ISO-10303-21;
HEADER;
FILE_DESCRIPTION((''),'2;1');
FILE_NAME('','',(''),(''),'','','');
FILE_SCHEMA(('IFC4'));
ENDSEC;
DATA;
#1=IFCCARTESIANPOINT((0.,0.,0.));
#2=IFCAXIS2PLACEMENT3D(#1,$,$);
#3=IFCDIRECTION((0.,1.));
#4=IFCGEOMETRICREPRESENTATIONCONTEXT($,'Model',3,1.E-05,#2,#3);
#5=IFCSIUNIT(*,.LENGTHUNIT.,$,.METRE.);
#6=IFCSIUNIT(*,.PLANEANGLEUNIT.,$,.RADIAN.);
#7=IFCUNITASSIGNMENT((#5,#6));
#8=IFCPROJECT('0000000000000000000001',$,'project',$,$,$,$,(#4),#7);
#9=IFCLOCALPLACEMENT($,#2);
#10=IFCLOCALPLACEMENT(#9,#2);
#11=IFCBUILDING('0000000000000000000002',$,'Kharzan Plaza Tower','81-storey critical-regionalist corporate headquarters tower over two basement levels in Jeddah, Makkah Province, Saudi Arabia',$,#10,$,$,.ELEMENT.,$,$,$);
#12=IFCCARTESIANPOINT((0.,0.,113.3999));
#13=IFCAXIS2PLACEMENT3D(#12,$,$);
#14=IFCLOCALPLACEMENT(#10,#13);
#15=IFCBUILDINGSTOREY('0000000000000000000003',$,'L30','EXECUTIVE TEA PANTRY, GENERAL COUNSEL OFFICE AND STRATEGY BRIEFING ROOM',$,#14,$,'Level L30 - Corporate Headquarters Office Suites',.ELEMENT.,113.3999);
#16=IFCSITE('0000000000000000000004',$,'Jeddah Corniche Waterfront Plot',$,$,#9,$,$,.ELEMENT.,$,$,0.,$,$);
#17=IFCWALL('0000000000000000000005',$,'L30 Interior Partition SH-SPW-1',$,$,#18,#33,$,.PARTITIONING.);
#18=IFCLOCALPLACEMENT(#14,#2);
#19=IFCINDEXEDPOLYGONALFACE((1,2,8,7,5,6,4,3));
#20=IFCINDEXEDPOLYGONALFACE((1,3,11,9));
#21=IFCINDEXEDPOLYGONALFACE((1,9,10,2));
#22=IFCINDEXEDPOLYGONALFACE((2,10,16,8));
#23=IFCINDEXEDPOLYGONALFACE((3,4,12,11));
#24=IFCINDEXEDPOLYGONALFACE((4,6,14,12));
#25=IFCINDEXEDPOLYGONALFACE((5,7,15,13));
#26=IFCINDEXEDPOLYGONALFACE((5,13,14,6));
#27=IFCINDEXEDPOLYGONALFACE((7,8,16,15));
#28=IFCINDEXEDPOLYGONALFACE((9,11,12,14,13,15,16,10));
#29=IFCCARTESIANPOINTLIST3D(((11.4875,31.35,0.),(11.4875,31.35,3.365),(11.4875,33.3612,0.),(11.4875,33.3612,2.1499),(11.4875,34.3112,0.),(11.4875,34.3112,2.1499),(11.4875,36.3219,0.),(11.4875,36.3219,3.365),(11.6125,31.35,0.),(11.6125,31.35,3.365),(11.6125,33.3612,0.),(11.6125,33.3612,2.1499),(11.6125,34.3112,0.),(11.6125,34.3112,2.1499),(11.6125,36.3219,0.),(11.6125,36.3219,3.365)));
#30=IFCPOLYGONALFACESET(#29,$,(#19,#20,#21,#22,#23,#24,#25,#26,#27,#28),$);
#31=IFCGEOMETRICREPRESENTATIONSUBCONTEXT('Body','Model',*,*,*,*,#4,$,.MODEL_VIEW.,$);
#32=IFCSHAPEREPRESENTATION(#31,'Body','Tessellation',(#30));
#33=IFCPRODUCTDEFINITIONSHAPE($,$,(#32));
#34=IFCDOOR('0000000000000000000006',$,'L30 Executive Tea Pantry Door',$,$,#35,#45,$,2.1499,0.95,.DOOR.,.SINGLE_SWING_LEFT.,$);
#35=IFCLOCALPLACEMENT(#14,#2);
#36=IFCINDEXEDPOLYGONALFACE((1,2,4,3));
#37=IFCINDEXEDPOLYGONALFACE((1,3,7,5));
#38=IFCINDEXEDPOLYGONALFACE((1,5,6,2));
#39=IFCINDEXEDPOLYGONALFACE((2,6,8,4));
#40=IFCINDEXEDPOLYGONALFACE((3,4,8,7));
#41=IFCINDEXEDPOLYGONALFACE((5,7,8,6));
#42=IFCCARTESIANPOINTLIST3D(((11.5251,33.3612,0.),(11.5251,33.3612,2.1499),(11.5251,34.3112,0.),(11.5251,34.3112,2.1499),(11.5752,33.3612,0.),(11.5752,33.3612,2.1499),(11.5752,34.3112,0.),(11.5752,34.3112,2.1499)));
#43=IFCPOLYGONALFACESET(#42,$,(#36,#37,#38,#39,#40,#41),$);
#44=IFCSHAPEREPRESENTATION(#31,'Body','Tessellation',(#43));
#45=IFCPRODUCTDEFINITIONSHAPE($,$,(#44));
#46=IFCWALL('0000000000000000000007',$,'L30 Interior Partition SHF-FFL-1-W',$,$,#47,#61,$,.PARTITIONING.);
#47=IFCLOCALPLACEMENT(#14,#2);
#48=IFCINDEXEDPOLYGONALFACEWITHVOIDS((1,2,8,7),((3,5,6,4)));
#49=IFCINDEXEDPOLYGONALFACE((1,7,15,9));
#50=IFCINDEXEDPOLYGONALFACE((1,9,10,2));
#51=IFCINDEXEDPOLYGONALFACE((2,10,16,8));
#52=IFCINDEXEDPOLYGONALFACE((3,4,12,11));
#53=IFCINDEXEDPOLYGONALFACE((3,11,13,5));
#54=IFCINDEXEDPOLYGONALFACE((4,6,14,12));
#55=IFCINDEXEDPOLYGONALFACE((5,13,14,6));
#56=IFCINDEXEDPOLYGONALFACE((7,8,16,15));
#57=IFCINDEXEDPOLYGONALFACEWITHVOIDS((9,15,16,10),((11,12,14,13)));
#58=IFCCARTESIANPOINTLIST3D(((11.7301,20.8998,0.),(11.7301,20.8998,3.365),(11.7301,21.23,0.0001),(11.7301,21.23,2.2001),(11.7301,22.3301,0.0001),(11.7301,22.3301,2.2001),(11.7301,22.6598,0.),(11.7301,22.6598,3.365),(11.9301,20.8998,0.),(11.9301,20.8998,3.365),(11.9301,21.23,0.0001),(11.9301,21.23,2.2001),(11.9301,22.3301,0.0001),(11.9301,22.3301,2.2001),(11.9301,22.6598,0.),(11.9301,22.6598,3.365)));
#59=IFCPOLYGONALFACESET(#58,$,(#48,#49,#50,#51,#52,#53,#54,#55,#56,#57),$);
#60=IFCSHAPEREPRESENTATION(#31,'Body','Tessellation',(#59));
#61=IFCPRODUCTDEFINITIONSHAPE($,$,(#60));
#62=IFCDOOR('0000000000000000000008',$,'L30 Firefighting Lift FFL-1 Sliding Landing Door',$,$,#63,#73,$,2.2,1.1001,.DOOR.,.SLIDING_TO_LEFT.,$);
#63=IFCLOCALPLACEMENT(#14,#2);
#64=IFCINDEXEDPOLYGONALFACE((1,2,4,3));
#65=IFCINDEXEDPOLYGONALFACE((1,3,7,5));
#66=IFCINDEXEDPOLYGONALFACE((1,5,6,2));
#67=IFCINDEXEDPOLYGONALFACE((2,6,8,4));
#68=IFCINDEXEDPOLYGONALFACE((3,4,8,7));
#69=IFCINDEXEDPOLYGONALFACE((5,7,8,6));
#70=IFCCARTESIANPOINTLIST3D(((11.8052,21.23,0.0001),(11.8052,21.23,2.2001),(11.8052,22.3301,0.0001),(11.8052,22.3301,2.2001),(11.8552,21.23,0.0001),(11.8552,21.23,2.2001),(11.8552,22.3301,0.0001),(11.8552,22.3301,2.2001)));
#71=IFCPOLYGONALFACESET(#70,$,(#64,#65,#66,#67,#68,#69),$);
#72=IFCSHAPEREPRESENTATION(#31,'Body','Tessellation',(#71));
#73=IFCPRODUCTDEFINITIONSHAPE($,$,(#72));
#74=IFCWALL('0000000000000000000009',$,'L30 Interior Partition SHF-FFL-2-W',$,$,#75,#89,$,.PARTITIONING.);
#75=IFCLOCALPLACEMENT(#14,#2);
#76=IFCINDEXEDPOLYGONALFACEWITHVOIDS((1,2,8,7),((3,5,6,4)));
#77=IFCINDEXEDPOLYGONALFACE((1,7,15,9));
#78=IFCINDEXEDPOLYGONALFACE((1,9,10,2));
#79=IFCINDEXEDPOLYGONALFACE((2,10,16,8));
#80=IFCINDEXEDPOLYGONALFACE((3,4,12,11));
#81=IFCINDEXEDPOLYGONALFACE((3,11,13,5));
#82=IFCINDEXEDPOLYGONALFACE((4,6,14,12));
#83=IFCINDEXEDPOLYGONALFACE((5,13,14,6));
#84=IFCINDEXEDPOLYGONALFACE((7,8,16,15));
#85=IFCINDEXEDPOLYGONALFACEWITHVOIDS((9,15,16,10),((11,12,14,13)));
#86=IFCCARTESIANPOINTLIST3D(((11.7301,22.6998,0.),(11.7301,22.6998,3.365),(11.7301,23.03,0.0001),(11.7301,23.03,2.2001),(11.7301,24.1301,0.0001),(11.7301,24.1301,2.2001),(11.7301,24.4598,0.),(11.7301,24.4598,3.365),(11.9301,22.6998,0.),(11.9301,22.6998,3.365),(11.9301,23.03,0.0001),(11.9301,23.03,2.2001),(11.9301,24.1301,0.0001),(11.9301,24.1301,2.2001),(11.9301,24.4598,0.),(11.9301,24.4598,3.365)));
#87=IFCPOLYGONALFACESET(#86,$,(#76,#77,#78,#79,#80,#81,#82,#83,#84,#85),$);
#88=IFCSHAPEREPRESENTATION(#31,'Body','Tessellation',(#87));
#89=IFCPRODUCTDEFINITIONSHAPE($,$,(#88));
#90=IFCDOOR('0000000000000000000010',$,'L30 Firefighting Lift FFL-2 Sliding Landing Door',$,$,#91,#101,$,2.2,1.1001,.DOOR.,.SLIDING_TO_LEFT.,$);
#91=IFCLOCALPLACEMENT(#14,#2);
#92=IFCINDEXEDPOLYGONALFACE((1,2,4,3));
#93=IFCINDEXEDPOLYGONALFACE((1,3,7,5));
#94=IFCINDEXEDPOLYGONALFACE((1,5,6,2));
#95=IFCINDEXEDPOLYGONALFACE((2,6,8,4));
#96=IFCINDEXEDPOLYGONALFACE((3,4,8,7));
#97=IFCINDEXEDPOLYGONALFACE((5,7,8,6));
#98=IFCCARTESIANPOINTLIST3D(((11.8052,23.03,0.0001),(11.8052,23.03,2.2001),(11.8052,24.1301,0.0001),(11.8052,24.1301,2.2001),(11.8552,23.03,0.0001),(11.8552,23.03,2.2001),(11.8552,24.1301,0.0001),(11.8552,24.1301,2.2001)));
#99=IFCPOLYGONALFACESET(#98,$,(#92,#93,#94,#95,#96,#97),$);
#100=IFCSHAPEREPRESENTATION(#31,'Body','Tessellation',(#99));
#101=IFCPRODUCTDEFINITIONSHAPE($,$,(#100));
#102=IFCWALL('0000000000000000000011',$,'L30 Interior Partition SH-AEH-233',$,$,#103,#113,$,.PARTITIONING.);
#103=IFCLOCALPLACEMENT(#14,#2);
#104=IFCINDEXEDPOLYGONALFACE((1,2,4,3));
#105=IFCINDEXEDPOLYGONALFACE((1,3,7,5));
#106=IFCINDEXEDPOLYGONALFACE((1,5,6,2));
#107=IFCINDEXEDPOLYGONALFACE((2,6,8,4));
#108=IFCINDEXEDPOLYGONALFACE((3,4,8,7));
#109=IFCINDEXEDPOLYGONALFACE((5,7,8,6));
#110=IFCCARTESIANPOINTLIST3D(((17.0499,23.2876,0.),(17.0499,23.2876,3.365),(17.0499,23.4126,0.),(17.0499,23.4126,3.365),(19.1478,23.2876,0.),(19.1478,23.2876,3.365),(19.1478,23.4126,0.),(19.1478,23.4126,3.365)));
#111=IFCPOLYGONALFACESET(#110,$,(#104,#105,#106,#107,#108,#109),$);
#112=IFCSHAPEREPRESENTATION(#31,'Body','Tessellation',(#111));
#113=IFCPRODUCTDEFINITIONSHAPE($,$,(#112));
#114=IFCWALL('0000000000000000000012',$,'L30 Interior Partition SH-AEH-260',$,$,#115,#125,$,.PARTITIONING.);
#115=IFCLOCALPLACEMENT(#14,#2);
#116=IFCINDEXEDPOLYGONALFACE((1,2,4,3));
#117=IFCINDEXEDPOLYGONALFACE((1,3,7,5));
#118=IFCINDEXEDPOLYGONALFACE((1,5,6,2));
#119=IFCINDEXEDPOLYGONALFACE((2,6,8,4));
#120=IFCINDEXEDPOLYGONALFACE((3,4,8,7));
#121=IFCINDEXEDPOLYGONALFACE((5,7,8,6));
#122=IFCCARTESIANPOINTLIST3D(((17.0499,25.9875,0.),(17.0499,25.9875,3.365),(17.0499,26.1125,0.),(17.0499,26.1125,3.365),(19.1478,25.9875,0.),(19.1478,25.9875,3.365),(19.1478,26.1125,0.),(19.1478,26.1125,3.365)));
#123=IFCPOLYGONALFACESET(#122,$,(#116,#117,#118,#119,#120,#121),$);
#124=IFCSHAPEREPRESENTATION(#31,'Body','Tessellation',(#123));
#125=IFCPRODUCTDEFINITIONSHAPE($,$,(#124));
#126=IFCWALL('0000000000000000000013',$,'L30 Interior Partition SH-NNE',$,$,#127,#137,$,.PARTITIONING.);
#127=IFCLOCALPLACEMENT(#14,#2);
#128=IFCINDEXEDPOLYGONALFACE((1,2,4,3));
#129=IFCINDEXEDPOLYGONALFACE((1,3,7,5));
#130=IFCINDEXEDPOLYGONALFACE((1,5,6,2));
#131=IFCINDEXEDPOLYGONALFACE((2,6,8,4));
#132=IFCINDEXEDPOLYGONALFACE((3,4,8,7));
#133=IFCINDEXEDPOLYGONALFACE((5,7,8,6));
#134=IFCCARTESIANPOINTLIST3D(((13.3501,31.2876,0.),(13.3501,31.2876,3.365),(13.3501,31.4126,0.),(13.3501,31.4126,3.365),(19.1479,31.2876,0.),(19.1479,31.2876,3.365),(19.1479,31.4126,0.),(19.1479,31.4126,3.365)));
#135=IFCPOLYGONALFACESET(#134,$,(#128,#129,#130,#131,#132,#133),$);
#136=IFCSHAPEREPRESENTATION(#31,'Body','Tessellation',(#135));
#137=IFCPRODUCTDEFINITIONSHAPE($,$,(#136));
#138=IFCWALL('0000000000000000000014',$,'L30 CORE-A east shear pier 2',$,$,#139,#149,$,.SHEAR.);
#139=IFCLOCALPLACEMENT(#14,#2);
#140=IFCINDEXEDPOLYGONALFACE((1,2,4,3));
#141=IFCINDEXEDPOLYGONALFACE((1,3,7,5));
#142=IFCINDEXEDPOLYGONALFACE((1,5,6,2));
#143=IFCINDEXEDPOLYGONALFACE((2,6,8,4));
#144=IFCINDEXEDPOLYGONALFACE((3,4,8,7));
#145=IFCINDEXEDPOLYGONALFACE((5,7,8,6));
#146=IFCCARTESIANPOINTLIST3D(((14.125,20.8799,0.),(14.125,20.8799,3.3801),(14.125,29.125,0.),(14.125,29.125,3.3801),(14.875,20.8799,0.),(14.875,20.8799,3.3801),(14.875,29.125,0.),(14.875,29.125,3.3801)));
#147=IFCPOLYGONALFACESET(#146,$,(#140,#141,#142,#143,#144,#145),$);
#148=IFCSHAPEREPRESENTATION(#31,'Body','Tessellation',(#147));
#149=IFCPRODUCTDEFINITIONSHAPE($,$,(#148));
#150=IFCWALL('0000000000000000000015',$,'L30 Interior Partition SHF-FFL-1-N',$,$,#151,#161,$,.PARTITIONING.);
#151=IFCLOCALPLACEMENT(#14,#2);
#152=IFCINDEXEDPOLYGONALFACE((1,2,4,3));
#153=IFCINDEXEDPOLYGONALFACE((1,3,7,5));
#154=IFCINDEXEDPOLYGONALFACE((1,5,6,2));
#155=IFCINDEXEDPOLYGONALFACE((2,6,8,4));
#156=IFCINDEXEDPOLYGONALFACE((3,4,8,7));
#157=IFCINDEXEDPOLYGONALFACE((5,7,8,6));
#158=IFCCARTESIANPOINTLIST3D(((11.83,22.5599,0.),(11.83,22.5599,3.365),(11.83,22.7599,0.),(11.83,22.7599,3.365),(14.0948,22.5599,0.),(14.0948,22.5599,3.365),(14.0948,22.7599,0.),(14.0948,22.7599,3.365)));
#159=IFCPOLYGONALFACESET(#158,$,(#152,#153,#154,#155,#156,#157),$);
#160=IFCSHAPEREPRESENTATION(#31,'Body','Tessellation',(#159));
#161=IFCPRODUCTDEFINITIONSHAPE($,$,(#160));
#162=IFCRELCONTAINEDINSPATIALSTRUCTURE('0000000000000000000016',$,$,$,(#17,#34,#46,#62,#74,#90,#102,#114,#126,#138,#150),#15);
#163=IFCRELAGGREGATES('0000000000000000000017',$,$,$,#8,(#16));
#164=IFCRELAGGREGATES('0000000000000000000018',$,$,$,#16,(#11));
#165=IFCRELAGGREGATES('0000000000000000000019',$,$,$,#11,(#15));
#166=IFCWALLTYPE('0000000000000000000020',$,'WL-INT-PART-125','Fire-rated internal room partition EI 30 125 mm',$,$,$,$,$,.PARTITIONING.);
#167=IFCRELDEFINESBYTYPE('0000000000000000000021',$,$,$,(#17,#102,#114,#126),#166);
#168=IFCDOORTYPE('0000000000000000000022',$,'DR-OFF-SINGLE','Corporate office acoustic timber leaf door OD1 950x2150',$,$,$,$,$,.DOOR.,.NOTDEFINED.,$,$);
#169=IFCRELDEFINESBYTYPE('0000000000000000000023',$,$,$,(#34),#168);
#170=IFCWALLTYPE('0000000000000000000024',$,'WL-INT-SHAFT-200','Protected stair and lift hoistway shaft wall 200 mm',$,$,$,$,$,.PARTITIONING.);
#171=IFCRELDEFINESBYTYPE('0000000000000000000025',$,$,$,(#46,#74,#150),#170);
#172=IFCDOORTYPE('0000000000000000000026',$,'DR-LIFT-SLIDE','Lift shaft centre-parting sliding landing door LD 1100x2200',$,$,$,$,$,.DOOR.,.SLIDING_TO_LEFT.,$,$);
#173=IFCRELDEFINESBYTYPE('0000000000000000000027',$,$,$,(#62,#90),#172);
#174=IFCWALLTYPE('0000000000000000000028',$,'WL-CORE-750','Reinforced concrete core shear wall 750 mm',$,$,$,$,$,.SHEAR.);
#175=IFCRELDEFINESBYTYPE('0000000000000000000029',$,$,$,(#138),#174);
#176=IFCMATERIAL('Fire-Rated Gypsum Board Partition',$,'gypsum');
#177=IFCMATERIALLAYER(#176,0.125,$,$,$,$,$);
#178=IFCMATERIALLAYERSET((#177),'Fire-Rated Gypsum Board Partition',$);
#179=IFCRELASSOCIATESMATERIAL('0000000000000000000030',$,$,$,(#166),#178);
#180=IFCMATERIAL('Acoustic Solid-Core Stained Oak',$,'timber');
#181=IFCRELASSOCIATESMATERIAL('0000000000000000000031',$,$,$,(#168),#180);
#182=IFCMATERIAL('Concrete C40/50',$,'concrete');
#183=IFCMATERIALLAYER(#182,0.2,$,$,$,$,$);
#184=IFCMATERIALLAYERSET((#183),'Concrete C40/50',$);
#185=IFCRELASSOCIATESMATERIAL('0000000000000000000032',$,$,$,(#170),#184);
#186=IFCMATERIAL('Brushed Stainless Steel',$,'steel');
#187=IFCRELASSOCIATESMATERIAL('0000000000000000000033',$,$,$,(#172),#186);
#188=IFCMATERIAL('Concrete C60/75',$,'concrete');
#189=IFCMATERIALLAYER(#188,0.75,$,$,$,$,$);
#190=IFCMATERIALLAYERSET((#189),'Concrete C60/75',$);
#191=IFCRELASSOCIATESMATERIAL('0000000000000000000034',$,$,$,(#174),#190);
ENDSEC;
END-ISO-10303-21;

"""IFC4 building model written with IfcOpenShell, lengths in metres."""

from ifc_helpers import new_model, si_unit, direction, frame, frame_2d, origin, place, context, subcontext, project, spatial, rectangle, extrude, source, transform, mapped, material, layer, layer_set, type_object, element, fill, save


model = new_model("IFC4")

# Units and contexts
model_context = context("Model", 3, precision=1e-05, world=origin(), true_north=direction((0.0, 1.0)))
body_context = subcontext(model_context, "Body", "Model", "MODEL_VIEW")
ifc_project = project(units=[si_unit("LENGTHUNIT", "METRE"), si_unit("PLANEANGLEUNIT", "RADIAN")], contexts=[model_context])

# Site, building, storey
site_placement = place(None, origin())
site = spatial("IfcSite", under=ifc_project, at=site_placement, Name="Jeddah Corniche Waterfront Plot", CompositionType="ELEMENT", RefElevation=0.0)
building_placement = place(site_placement, origin())
building = spatial("IfcBuilding", under=site, at=building_placement, Name="Kharzan Plaza Tower", Description="81-storey critical-regionalist corporate headquarters tower over two basement levels in Jeddah, Makkah Province, Saudi Arabia", CompositionType="ELEMENT")
storey_placement = place(building_placement, frame((0.0, 0.0, 113.3999)))
storey = spatial("IfcBuildingStorey", under=building, at=storey_placement, Name="L30", Description="EXECUTIVE TEA PANTRY, GENERAL COUNSEL OFFICE AND STRATEGY BRIEFING ROOM", LongName="Level L30 - Corporate Headquarters Office Suites", CompositionType="ELEMENT", Elevation=113.3999)

# Walls, openings, doors
ifc_material_1 = material(Name="Concrete C40/50", Category="concrete")
ifc_material_2 = material(Name="Fire-Rated Gypsum Board Partition", Category="gypsum")
ifc_layer_1 = layer(ifc_material_2, 0.125)
ifc_layer_set_1 = layer_set([ifc_layer_1], Name="Fire-Rated Gypsum Board Partition")
wall_type_1 = type_object("IfcWallType", Name="WL-INT-PART-125", Description="Fire-rated internal room partition EI 30 125 mm", PredefinedType="PARTITIONING", material=ifc_layer_set_1)
ifc_material_3 = material(Name="Acoustic Solid-Core Stained Oak", Category="timber")
door_type_1 = type_object("IfcDoorType", Name="DR-OFF-SINGLE", Description="Corporate office acoustic timber leaf door OD1 950x2150", OperationType="NOTDEFINED", PredefinedType="DOOR", material=ifc_material_3)
shared_shape_1 = source(origin(), body_context, "Body", "SweptSolid", [
    extrude(rectangle(XDim=0.95, YDim=2.1499, at=frame_2d((0.4751, 1.075))), frame((0.0, 0.0249, 0.0), z_axis=(0.0, -1.0, 0.0), x_axis=(1.0, 0.0, 0.0)), (0.0, 0.0, 1.0), 0.05),
])
wall_1_placement = place(storey_placement, frame((11.55, 31.3501, 0.0), z_axis=(0.0, 0.0, 1.0), x_axis=(0.0, 1.0, 0.0)))
wall_1 = element("IfcWall", 1, at=wall_1_placement, inside=storey, type_object=wall_type_1, Name="L30 Interior Partition SH-SPW-1", PredefinedType="PARTITIONING", context=body_context, shape_type="SweptSolid", body=[
    extrude(rectangle(XDim=4.9719, YDim=0.125, at=frame_2d((2.4858, 0.0))), origin(), (0.0, 0.0, 1.0), 3.365),
])
opening_1_placement = place(wall_1_placement, frame((2.011, 0.0, 0.0)))
opening_1 = element("IfcOpeningElement", 2, at=opening_1_placement, cuts=wall_1, PredefinedType="OPENING", context=body_context, shape_type="SweptSolid", body=[
    extrude(rectangle(XDim=0.95, YDim=2.1499, at=frame_2d((0.4751, 1.075))), frame((0.0, 0.0725, 0.0), z_axis=(0.0, -1.0, 0.0), x_axis=(1.0, 0.0, 0.0)), (0.0, 0.0, 1.0), 0.145),
])
door_1_placement = place(opening_1_placement, origin())
door_1 = element("IfcDoor", 3, at=door_1_placement, inside=storey, type_object=door_type_1, Name="L30 Executive Tea Pantry Door", OperationType="SINGLE_SWING_LEFT", OverallHeight=2.1499, OverallWidth=0.95, PredefinedType="DOOR", context=body_context, shape_type="MappedRepresentation", body=[
    mapped(shared_shape_1, transform((0.0, 0.0, 0.0), x_axis=(1.0, 0.0, 0.0), y_axis=(0.0, 1.0, 0.0), z_axis=(0.0, 0.0, 1.0))),
])
fill(opening_1, door_1)
ifc_layer_2 = layer(ifc_material_1, 0.2)
ifc_layer_set_2 = layer_set([ifc_layer_2], Name="Concrete C40/50")
wall_type_2 = type_object("IfcWallType", Name="WL-INT-SHAFT-200", Description="Protected stair and lift hoistway shaft wall 200 mm", PredefinedType="PARTITIONING", material=ifc_layer_set_2)
wall_2_placement = place(storey_placement, frame((11.8301, 20.8999, 0.0), z_axis=(0.0, 0.0, 1.0), x_axis=(0.0, 1.0, 0.0)))
wall_2 = element("IfcWall", 4, at=wall_2_placement, inside=storey, type_object=wall_type_2, Name="L30 Interior Partition SHF-FFL-1-W", PredefinedType="PARTITIONING", context=body_context, shape_type="SweptSolid", body=[
    extrude(rectangle(XDim=1.76, YDim=0.2, at=frame_2d((0.8799, 0.0))), origin(), (0.0, 0.0, 1.0), 3.365),
])
opening_2_placement = place(wall_2_placement, frame((0.3301, 0.0, 0.0)))
opening_2 = element("IfcOpeningElement", 5, at=opening_2_placement, cuts=wall_2, PredefinedType="OPENING", context=body_context, shape_type="SweptSolid", body=[
    extrude(rectangle(XDim=1.1001, YDim=2.2, at=frame_2d((0.55, 1.1001))), frame((0.0, 0.1099, 0.0), z_axis=(0.0, -1.0, 0.0), x_axis=(1.0, 0.0, 0.0)), (0.0, 0.0, 1.0), 0.22),
])
ifc_material_4 = material(Name="Brushed Stainless Steel", Category="steel")
door_type_2 = type_object("IfcDoorType", Name="DR-LIFT-SLIDE", Description="Lift shaft centre-parting sliding landing door LD 1100x2200", OperationType="SLIDING_TO_LEFT", PredefinedType="DOOR", material=ifc_material_4)
shared_shape_2 = source(origin(), body_context, "Body", "SweptSolid", [
    extrude(rectangle(XDim=1.1001, YDim=2.2, at=frame_2d((0.55, 1.1001))), frame((0.0, 0.0249, 0.0), z_axis=(0.0, -1.0, 0.0), x_axis=(1.0, 0.0, 0.0)), (0.0, 0.0, 1.0), 0.05),
])
door_2_placement = place(opening_2_placement, origin())
door_2 = element("IfcDoor", 6, at=door_2_placement, inside=storey, type_object=door_type_2, Name="L30 Firefighting Lift FFL-1 Sliding Landing Door", OperationType="SLIDING_TO_LEFT", OverallHeight=2.2, OverallWidth=1.1001, PredefinedType="DOOR", context=body_context, shape_type="MappedRepresentation", body=[
    mapped(shared_shape_2, transform((0.0, 0.0, 0.0), x_axis=(1.0, 0.0, 0.0), y_axis=(0.0, 1.0, 0.0), z_axis=(0.0, 0.0, 1.0))),
])
fill(opening_2, door_2)
wall_3_placement = place(storey_placement, frame((11.8301, 22.7, 0.0), z_axis=(0.0, 0.0, 1.0), x_axis=(0.0, 1.0, 0.0)))
wall_3 = element("IfcWall", 7, at=wall_3_placement, inside=storey, type_object=wall_type_2, Name="L30 Interior Partition SHF-FFL-2-W", PredefinedType="PARTITIONING", context=body_context, shape_type="SweptSolid", body=[
    extrude(rectangle(XDim=1.76, YDim=0.2, at=frame_2d((0.8799, 0.0))), origin(), (0.0, 0.0, 1.0), 3.365),
])
opening_3_placement = place(wall_3_placement, frame((0.3301, 0.0, 0.0)))
opening_3 = element("IfcOpeningElement", 8, at=opening_3_placement, cuts=wall_3, PredefinedType="OPENING", context=body_context, shape_type="SweptSolid", body=[
    extrude(rectangle(XDim=1.1001, YDim=2.2, at=frame_2d((0.55, 1.1001))), frame((0.0, 0.1099, 0.0), z_axis=(0.0, -1.0, 0.0), x_axis=(1.0, 0.0, 0.0)), (0.0, 0.0, 1.0), 0.22),
])
door_3_placement = place(opening_3_placement, origin())
door_3 = element("IfcDoor", 9, at=door_3_placement, inside=storey, type_object=door_type_2, Name="L30 Firefighting Lift FFL-2 Sliding Landing Door", OperationType="SLIDING_TO_LEFT", OverallHeight=2.2, OverallWidth=1.1001, PredefinedType="DOOR", context=body_context, shape_type="MappedRepresentation", body=[
    mapped(shared_shape_2, transform((0.0, 0.0, 0.0), x_axis=(1.0, 0.0, 0.0), y_axis=(0.0, 1.0, 0.0), z_axis=(0.0, 0.0, 1.0))),
])
fill(opening_3, door_3)

# Walls
shared_shape_3 = source(origin(), body_context, "Body", "SweptSolid", [
    extrude(rectangle(XDim=2.0979, YDim=0.125, at=frame_2d((1.0488, 0.0))), origin(), (0.0, 0.0, 1.0), 3.365),
])
for number, where, z_axis, x_axis, name in (
    (10, (17.05, 23.3501, 0.0), (0.0, 0.0, 1.0), (1.0, 0.0, 0.0), "L30 Interior Partition SH-AEH-233"),
    (11, (17.05, 26.05, 0.0), (0.0, 0.0, 1.0), (1.0, 0.0, 0.0), "L30 Interior Partition SH-AEH-260"),
):
    element("IfcWall", number, at=place(storey_placement, frame(where, z_axis=z_axis, x_axis=x_axis)), inside=storey, type_object=wall_type_1, Name=name, PredefinedType="PARTITIONING", context=body_context, shape_type="MappedRepresentation", body=[
        mapped(shared_shape_3, transform((0.0, 0.0, 0.0), x_axis=(1.0, 0.0, 0.0), y_axis=(0.0, 1.0, 0.0), z_axis=(0.0, 0.0, 1.0))),
    ])
shared_shape_4 = source(origin(), body_context, "Body", "SweptSolid", [
    extrude(rectangle(XDim=5.7979, YDim=0.125, at=frame_2d((2.8989, 0.0))), origin(), (0.0, 0.0, 1.0), 3.365),
])
wall_4_placement = place(storey_placement, frame((13.3501, 31.3501, 0.0), z_axis=(0.0, 0.0, 1.0), x_axis=(1.0, 0.0, 0.0)))
element("IfcWall", 12, at=wall_4_placement, inside=storey, type_object=wall_type_1, Name="L30 Interior Partition SH-NNE", PredefinedType="PARTITIONING", context=body_context, shape_type="MappedRepresentation", body=[
    mapped(shared_shape_4, transform((0.0, 0.0, 0.0), x_axis=(1.0, 0.0, 0.0), y_axis=(0.0, 1.0, 0.0), z_axis=(0.0, 0.0, 1.0))),
])
ifc_material_5 = material(Name="Concrete C60/75", Category="concrete")
ifc_layer_3 = layer(ifc_material_5, 0.75)
ifc_layer_set_3 = layer_set([ifc_layer_3], Name="Concrete C60/75")
wall_type_3 = type_object("IfcWallType", Name="WL-CORE-750", Description="Reinforced concrete core shear wall 750 mm", PredefinedType="SHEAR", material=ifc_layer_set_3)
shared_shape_5 = source(origin(), body_context, "Body", "SweptSolid", [
    extrude(rectangle(XDim=8.2451, YDim=0.75, at=frame_2d((4.1226, 0.0))), origin(), (0.0, 0.0, 1.0), 3.3801),
])
wall_5_placement = place(storey_placement, frame((14.5, 20.8799, 0.0), z_axis=(0.0, 0.0, 1.0), x_axis=(0.0, 1.0, 0.0)))
element("IfcWall", 13, at=wall_5_placement, inside=storey, type_object=wall_type_3, Name="L30 CORE-A east shear pier 2", PredefinedType="SHEAR", context=body_context, shape_type="MappedRepresentation", body=[
    mapped(shared_shape_5, transform((0.0, 0.0, 0.0), x_axis=(1.0, 0.0, 0.0), y_axis=(0.0, 1.0, 0.0), z_axis=(0.0, 0.0, 1.0))),
])
shared_shape_6 = source(origin(), body_context, "Body", "SweptSolid", [
    extrude(rectangle(XDim=2.2649, YDim=0.2, at=frame_2d((1.1323, 0.0))), origin(), (0.0, 0.0, 1.0), 3.365),
])
for number, where, z_axis, x_axis, name in (
    (14, (11.8301, 22.6599, 0.0), (0.0, 0.0, 1.0), (1.0, 0.0, 0.0), "L30 Interior Partition SHF-FFL-1-N"),
):
    element("IfcWall", number, at=place(storey_placement, frame(where, z_axis=z_axis, x_axis=x_axis)), inside=storey, type_object=wall_type_2, Name=name, PredefinedType="PARTITIONING", context=body_context, shape_type="MappedRepresentation", body=[
        mapped(shared_shape_6, transform((0.0, 0.0, 0.0), x_axis=(1.0, 0.0, 0.0), y_axis=(0.0, 1.0, 0.0), z_axis=(0.0, 0.0, 1.0))),
    ])

save(model, "model.ifc")
